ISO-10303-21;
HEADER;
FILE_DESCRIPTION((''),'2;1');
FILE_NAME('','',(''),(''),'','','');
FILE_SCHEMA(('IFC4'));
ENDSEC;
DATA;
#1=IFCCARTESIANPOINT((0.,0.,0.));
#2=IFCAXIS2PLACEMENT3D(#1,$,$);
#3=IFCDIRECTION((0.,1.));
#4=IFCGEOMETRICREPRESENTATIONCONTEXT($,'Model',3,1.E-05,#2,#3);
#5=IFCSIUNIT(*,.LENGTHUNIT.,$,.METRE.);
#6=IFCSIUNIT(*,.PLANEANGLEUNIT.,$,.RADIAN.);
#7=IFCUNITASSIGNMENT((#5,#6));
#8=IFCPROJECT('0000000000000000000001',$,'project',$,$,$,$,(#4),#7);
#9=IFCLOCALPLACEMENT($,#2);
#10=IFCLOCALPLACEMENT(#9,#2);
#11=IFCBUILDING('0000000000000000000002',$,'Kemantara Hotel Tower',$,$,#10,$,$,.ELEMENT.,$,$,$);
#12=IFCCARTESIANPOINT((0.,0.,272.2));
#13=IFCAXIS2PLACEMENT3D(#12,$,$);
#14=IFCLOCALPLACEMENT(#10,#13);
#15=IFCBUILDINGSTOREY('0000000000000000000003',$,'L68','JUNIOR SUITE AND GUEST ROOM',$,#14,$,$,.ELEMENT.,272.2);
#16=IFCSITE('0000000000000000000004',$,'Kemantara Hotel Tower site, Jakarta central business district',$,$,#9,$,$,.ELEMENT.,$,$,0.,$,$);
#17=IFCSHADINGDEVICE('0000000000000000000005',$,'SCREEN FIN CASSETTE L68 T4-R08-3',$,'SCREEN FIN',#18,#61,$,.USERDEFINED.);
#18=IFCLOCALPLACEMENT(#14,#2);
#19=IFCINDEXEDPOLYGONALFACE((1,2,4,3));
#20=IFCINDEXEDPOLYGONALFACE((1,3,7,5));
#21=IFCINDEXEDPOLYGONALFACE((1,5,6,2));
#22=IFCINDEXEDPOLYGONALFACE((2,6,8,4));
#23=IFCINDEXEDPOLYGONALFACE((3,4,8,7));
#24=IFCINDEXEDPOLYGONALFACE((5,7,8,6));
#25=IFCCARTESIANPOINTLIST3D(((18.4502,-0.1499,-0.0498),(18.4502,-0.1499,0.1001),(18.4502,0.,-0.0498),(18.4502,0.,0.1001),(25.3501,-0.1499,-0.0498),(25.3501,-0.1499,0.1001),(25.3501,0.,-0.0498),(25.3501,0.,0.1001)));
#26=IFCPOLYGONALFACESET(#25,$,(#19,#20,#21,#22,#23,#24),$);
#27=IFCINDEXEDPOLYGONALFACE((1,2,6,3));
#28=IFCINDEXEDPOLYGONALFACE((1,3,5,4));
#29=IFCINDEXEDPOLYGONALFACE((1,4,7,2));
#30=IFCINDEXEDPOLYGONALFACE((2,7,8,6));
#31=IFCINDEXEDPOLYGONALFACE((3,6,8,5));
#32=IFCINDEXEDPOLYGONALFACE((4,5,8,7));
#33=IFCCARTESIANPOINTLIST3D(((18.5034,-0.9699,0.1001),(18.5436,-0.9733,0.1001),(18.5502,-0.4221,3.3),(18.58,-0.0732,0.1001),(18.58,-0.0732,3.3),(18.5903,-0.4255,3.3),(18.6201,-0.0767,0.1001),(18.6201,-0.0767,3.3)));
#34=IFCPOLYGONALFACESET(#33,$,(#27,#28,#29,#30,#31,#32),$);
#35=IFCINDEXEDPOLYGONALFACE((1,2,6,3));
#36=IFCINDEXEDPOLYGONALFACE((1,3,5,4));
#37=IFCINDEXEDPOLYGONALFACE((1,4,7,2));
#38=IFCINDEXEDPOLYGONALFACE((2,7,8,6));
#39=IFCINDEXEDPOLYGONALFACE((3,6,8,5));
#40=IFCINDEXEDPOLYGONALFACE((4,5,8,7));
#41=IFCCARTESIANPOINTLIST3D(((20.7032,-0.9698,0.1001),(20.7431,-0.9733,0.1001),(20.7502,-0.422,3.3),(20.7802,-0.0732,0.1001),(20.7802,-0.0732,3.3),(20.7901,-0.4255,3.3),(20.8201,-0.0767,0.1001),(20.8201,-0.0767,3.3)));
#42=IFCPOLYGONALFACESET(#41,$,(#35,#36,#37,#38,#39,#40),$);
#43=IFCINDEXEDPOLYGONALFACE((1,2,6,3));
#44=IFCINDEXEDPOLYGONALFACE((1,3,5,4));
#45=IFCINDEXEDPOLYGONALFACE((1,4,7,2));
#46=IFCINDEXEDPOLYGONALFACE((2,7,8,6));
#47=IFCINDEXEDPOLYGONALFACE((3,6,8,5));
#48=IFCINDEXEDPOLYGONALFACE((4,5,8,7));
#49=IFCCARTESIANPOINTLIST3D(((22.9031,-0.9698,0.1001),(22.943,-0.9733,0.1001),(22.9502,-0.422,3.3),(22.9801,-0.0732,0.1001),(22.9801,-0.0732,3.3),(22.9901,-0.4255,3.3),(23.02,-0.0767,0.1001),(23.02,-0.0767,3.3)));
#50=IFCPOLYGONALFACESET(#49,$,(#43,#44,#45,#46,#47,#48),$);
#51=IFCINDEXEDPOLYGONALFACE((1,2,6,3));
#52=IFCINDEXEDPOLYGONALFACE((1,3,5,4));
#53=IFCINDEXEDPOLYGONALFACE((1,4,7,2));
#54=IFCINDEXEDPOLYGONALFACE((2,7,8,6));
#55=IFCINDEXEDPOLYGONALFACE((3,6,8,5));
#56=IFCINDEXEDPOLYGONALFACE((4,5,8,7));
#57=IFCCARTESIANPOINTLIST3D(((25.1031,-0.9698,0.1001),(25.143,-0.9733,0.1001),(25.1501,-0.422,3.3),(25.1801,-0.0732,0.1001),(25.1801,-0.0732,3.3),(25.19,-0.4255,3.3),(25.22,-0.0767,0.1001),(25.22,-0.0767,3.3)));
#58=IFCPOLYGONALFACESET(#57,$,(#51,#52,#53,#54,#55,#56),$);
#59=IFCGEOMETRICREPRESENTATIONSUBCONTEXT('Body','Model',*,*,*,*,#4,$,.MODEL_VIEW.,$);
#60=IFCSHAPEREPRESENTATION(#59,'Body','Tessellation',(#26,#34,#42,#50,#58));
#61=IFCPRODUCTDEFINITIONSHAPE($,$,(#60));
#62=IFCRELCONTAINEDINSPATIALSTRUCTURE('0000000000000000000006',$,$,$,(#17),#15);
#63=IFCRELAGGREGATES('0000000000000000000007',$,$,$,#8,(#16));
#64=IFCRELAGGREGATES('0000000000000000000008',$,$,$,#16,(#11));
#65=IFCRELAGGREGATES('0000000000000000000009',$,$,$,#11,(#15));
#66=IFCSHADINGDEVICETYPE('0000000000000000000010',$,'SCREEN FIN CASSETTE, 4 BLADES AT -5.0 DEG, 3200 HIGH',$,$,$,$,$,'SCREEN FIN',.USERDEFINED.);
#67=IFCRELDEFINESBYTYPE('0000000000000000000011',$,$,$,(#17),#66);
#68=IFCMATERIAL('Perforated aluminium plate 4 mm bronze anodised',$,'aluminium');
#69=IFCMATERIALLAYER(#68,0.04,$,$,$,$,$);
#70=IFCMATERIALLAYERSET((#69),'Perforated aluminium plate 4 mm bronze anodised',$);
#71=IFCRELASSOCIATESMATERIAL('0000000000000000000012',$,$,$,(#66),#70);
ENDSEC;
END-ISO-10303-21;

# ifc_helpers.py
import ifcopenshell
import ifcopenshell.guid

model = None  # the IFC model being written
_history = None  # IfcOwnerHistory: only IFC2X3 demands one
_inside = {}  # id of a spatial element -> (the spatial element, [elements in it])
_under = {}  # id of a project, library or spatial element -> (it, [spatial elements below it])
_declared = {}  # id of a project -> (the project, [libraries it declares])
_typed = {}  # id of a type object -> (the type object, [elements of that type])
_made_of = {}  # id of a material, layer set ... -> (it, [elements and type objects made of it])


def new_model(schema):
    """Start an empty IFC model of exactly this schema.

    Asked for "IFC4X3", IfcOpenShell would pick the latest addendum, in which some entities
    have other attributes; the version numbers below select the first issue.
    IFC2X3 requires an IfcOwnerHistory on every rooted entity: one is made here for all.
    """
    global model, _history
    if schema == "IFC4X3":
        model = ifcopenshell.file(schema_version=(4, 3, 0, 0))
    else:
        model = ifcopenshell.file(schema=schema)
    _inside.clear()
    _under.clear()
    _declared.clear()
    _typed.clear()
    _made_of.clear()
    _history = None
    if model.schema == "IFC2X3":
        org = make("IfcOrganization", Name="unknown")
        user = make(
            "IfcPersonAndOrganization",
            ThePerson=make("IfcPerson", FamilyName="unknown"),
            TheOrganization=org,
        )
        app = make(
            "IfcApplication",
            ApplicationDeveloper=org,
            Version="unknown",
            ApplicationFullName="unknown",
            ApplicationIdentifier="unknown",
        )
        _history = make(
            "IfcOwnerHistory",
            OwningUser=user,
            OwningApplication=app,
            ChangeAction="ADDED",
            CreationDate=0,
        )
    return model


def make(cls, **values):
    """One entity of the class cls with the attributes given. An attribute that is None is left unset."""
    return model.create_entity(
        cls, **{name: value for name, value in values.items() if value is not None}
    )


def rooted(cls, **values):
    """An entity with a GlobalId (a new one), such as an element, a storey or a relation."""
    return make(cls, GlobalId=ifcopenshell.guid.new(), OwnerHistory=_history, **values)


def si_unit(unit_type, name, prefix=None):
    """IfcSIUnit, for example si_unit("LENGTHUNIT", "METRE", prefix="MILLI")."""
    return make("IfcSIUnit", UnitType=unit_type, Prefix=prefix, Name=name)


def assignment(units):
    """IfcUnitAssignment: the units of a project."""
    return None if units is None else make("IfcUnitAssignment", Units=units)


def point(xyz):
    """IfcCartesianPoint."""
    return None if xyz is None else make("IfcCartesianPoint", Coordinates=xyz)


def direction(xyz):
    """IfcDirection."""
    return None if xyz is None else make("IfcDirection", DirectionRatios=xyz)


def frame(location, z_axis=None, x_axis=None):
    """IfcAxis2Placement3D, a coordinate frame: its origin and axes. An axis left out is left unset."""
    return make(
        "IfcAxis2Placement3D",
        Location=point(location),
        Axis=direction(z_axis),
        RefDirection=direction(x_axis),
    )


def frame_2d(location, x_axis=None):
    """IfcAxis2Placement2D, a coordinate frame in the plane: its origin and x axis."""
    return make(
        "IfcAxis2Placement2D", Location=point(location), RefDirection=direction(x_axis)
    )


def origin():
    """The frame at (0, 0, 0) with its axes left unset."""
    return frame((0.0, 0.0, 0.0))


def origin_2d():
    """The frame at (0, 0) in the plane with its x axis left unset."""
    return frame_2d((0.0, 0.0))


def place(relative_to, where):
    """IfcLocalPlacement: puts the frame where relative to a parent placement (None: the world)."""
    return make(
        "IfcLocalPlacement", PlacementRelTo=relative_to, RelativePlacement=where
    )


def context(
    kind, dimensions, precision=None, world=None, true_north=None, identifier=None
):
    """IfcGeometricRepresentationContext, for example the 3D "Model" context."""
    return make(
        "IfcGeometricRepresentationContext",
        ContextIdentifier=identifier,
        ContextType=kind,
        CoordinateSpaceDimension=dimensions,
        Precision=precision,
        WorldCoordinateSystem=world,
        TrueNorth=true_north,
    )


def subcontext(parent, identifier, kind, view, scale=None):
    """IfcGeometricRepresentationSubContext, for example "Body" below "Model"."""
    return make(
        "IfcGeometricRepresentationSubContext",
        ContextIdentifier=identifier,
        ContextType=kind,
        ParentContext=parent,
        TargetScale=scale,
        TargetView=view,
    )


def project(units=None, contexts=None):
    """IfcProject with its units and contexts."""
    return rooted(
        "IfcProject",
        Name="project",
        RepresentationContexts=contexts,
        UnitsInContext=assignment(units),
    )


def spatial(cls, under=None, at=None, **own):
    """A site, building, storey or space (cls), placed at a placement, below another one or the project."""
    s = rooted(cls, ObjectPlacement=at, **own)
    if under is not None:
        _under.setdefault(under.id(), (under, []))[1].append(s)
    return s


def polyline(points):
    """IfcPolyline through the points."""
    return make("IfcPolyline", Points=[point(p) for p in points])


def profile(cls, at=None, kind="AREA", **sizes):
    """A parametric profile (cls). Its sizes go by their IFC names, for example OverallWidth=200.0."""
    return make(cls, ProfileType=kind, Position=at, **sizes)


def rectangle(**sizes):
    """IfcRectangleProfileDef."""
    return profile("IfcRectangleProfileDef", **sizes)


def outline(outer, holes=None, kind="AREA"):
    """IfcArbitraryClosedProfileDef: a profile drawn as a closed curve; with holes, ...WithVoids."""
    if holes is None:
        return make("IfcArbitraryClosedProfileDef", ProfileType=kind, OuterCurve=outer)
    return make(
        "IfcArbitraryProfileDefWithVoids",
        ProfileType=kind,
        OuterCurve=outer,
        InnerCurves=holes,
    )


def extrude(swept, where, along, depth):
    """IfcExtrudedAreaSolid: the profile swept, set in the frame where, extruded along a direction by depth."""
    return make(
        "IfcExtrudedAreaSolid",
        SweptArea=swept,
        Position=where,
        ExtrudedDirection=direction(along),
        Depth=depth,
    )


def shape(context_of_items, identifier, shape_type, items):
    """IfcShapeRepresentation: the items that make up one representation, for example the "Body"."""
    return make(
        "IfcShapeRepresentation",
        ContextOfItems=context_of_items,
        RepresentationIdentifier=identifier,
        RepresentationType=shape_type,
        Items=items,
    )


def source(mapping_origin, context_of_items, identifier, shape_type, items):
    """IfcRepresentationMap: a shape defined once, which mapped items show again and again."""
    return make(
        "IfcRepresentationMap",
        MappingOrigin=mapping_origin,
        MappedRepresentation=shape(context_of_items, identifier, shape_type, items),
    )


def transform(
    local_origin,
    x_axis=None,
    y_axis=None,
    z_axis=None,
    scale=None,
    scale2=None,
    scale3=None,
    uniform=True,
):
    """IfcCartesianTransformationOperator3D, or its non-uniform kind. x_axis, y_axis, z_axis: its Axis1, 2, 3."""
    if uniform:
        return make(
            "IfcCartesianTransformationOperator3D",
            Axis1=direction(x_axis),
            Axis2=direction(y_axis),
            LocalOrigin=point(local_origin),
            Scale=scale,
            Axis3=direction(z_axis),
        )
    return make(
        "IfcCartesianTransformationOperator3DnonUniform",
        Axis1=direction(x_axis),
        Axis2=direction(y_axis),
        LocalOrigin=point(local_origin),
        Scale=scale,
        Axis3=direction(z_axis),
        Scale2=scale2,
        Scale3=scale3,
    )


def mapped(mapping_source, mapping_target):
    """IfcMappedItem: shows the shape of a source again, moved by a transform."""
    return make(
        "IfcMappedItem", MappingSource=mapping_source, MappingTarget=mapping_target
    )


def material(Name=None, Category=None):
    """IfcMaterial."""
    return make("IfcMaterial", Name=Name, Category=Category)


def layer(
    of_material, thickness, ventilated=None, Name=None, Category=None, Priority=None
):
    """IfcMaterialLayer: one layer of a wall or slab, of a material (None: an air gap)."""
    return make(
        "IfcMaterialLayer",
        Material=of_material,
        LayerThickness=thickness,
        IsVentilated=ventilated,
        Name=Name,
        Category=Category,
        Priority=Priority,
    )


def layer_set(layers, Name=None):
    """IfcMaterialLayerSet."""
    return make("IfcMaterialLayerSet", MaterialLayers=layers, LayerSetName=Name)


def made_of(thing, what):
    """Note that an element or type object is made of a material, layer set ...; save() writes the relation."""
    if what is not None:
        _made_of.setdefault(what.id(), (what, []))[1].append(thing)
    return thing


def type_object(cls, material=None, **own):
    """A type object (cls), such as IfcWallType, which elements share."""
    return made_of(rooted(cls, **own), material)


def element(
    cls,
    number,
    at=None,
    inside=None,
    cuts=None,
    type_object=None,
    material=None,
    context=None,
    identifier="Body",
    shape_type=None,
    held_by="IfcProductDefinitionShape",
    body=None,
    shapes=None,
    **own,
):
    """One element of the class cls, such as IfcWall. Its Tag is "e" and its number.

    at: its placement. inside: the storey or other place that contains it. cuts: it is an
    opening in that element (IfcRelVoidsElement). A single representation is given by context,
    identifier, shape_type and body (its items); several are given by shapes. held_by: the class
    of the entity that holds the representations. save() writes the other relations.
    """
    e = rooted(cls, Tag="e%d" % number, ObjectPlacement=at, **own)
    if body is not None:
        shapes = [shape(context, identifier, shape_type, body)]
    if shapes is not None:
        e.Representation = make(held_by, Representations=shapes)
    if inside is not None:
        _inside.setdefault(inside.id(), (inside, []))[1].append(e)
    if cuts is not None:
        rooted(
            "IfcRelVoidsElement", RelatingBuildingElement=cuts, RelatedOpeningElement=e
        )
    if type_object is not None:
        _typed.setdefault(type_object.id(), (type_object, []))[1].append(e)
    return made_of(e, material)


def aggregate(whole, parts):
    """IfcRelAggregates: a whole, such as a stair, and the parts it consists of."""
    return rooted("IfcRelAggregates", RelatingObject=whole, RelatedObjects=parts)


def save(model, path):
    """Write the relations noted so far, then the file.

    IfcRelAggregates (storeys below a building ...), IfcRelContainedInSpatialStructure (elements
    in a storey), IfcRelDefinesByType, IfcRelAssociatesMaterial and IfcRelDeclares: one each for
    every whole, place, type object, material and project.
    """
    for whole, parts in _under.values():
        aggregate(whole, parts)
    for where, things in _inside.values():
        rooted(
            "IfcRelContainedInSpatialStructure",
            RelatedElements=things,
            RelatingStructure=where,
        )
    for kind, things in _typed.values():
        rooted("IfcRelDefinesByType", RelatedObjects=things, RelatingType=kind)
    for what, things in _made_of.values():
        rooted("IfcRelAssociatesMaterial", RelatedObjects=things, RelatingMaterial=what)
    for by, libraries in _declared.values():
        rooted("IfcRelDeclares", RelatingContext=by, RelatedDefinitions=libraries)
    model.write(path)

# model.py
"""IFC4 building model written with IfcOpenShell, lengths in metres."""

from ifc_helpers import new_model, si_unit, direction, frame, origin, origin_2d, place, context, subcontext, project, spatial, polyline, rectangle, outline, extrude, source, transform, mapped, material, layer, layer_set, type_object, element, save


model = new_model("IFC4")

# Units and contexts
model_context = context("Model", 3, precision=1e-05, world=origin(), true_north=direction((0.0, 1.0)))
body_context = subcontext(model_context, "Body", "Model", "MODEL_VIEW")
ifc_project = project(units=[si_unit("LENGTHUNIT", "METRE"), si_unit("PLANEANGLEUNIT", "RADIAN")], contexts=[model_context])

# Site, building, storey
site_placement = place(None, origin())
site = spatial("IfcSite", under=ifc_project, at=site_placement, Name="Kemantara Hotel Tower site, Jakarta central business district", CompositionType="ELEMENT", RefElevation=0.0)
building_placement = place(site_placement, origin())
building = spatial("IfcBuilding", under=site, at=building_placement, Name="Kemantara Hotel Tower", CompositionType="ELEMENT")
storey_placement = place(building_placement, frame((0.0, 0.0, 272.2)))
storey = spatial("IfcBuildingStorey", under=building, at=storey_placement, Name="L68", Description="JUNIOR SUITE AND GUEST ROOM", CompositionType="ELEMENT", Elevation=272.2)

# Shading device
ifc_material_1 = material(Name="Perforated aluminium plate 4 mm bronze anodised", Category="aluminium")
ifc_layer_1 = layer(ifc_material_1, 0.04)
ifc_layer_set_1 = layer_set([ifc_layer_1], Name="Perforated aluminium plate 4 mm bronze anodised")
shading_device_type = type_object("IfcShadingDeviceType", Name="SCREEN FIN CASSETTE, 4 BLADES AT -5.0 DEG, 3200 HIGH", ElementType="SCREEN FIN", PredefinedType="USERDEFINED", material=ifc_layer_set_1)
shared_shape = source(origin(), body_context, "Body", "SweptSolid", [
    extrude(rectangle(XDim=6.8999, YDim=0.1499, at=origin_2d()), frame((3.3, -0.075, -0.1499), z_axis=(0.0, 0.0, 1.0), x_axis=(1.0, 0.0, 0.0)), (0.0, 0.0, 1.0), 0.1499),
    extrude(outline(polyline([(0.0, 0.0), (0.8999, 0.0), (0.3501, 3.2), (0.0, 3.2), (0.0, 0.0)])), frame((0.02, -0.0767, 0.0), z_axis=(-0.996376, 0.085056, 0.0), x_axis=(-0.085056, -0.996376, 0.0)), (0.0, 0.0, 1.0), 0.0403),
    extrude(outline(polyline([(0.0, 0.0), (0.8999, 0.0), (0.3501, 3.2), (0.0, 3.2), (0.0, 0.0)])), frame((2.22, -0.0767, 0.0), z_axis=(-0.996332, 0.085575, 0.0), x_axis=(-0.085575, -0.996332, 0.0)), (0.0, 0.0, 1.0), 0.04),
    extrude(outline(polyline([(0.0, 0.0), (0.8999, 0.0), (0.3501, 3.2), (0.0, 3.2), (0.0, 0.0)])), frame((4.4199, -0.0767, 0.0), z_axis=(-0.996332, 0.085575, 0.0), x_axis=(-0.085575, -0.996332, 0.0)), (0.0, 0.0, 1.0), 0.04),
    extrude(outline(polyline([(0.0, 0.0), (0.8999, 0.0), (0.3501, 3.2), (0.0, 3.2), (0.0, 0.0)])), frame((6.6199, -0.0767, 0.0), z_axis=(-0.996332, 0.085575, 0.0), x_axis=(-0.085575, -0.996332, 0.0)), (0.0, 0.0, 1.0), 0.04),
])
shading_device_placement = place(storey_placement, frame((18.6001, 0.0, 0.1001), z_axis=(0.0, 0.0, 1.0), x_axis=(1.0, 0.0, 0.0)))
element("IfcShadingDevice", 1, at=shading_device_placement, inside=storey, type_object=shading_device_type, Name="SCREEN FIN CASSETTE L68 T4-R08-3", ObjectType="SCREEN FIN", PredefinedType="USERDEFINED", context=body_context, shape_type="MappedRepresentation", body=[
    mapped(shared_shape, transform((0.0, 0.0, 0.0))),
])

save(model, "model.ifc")
